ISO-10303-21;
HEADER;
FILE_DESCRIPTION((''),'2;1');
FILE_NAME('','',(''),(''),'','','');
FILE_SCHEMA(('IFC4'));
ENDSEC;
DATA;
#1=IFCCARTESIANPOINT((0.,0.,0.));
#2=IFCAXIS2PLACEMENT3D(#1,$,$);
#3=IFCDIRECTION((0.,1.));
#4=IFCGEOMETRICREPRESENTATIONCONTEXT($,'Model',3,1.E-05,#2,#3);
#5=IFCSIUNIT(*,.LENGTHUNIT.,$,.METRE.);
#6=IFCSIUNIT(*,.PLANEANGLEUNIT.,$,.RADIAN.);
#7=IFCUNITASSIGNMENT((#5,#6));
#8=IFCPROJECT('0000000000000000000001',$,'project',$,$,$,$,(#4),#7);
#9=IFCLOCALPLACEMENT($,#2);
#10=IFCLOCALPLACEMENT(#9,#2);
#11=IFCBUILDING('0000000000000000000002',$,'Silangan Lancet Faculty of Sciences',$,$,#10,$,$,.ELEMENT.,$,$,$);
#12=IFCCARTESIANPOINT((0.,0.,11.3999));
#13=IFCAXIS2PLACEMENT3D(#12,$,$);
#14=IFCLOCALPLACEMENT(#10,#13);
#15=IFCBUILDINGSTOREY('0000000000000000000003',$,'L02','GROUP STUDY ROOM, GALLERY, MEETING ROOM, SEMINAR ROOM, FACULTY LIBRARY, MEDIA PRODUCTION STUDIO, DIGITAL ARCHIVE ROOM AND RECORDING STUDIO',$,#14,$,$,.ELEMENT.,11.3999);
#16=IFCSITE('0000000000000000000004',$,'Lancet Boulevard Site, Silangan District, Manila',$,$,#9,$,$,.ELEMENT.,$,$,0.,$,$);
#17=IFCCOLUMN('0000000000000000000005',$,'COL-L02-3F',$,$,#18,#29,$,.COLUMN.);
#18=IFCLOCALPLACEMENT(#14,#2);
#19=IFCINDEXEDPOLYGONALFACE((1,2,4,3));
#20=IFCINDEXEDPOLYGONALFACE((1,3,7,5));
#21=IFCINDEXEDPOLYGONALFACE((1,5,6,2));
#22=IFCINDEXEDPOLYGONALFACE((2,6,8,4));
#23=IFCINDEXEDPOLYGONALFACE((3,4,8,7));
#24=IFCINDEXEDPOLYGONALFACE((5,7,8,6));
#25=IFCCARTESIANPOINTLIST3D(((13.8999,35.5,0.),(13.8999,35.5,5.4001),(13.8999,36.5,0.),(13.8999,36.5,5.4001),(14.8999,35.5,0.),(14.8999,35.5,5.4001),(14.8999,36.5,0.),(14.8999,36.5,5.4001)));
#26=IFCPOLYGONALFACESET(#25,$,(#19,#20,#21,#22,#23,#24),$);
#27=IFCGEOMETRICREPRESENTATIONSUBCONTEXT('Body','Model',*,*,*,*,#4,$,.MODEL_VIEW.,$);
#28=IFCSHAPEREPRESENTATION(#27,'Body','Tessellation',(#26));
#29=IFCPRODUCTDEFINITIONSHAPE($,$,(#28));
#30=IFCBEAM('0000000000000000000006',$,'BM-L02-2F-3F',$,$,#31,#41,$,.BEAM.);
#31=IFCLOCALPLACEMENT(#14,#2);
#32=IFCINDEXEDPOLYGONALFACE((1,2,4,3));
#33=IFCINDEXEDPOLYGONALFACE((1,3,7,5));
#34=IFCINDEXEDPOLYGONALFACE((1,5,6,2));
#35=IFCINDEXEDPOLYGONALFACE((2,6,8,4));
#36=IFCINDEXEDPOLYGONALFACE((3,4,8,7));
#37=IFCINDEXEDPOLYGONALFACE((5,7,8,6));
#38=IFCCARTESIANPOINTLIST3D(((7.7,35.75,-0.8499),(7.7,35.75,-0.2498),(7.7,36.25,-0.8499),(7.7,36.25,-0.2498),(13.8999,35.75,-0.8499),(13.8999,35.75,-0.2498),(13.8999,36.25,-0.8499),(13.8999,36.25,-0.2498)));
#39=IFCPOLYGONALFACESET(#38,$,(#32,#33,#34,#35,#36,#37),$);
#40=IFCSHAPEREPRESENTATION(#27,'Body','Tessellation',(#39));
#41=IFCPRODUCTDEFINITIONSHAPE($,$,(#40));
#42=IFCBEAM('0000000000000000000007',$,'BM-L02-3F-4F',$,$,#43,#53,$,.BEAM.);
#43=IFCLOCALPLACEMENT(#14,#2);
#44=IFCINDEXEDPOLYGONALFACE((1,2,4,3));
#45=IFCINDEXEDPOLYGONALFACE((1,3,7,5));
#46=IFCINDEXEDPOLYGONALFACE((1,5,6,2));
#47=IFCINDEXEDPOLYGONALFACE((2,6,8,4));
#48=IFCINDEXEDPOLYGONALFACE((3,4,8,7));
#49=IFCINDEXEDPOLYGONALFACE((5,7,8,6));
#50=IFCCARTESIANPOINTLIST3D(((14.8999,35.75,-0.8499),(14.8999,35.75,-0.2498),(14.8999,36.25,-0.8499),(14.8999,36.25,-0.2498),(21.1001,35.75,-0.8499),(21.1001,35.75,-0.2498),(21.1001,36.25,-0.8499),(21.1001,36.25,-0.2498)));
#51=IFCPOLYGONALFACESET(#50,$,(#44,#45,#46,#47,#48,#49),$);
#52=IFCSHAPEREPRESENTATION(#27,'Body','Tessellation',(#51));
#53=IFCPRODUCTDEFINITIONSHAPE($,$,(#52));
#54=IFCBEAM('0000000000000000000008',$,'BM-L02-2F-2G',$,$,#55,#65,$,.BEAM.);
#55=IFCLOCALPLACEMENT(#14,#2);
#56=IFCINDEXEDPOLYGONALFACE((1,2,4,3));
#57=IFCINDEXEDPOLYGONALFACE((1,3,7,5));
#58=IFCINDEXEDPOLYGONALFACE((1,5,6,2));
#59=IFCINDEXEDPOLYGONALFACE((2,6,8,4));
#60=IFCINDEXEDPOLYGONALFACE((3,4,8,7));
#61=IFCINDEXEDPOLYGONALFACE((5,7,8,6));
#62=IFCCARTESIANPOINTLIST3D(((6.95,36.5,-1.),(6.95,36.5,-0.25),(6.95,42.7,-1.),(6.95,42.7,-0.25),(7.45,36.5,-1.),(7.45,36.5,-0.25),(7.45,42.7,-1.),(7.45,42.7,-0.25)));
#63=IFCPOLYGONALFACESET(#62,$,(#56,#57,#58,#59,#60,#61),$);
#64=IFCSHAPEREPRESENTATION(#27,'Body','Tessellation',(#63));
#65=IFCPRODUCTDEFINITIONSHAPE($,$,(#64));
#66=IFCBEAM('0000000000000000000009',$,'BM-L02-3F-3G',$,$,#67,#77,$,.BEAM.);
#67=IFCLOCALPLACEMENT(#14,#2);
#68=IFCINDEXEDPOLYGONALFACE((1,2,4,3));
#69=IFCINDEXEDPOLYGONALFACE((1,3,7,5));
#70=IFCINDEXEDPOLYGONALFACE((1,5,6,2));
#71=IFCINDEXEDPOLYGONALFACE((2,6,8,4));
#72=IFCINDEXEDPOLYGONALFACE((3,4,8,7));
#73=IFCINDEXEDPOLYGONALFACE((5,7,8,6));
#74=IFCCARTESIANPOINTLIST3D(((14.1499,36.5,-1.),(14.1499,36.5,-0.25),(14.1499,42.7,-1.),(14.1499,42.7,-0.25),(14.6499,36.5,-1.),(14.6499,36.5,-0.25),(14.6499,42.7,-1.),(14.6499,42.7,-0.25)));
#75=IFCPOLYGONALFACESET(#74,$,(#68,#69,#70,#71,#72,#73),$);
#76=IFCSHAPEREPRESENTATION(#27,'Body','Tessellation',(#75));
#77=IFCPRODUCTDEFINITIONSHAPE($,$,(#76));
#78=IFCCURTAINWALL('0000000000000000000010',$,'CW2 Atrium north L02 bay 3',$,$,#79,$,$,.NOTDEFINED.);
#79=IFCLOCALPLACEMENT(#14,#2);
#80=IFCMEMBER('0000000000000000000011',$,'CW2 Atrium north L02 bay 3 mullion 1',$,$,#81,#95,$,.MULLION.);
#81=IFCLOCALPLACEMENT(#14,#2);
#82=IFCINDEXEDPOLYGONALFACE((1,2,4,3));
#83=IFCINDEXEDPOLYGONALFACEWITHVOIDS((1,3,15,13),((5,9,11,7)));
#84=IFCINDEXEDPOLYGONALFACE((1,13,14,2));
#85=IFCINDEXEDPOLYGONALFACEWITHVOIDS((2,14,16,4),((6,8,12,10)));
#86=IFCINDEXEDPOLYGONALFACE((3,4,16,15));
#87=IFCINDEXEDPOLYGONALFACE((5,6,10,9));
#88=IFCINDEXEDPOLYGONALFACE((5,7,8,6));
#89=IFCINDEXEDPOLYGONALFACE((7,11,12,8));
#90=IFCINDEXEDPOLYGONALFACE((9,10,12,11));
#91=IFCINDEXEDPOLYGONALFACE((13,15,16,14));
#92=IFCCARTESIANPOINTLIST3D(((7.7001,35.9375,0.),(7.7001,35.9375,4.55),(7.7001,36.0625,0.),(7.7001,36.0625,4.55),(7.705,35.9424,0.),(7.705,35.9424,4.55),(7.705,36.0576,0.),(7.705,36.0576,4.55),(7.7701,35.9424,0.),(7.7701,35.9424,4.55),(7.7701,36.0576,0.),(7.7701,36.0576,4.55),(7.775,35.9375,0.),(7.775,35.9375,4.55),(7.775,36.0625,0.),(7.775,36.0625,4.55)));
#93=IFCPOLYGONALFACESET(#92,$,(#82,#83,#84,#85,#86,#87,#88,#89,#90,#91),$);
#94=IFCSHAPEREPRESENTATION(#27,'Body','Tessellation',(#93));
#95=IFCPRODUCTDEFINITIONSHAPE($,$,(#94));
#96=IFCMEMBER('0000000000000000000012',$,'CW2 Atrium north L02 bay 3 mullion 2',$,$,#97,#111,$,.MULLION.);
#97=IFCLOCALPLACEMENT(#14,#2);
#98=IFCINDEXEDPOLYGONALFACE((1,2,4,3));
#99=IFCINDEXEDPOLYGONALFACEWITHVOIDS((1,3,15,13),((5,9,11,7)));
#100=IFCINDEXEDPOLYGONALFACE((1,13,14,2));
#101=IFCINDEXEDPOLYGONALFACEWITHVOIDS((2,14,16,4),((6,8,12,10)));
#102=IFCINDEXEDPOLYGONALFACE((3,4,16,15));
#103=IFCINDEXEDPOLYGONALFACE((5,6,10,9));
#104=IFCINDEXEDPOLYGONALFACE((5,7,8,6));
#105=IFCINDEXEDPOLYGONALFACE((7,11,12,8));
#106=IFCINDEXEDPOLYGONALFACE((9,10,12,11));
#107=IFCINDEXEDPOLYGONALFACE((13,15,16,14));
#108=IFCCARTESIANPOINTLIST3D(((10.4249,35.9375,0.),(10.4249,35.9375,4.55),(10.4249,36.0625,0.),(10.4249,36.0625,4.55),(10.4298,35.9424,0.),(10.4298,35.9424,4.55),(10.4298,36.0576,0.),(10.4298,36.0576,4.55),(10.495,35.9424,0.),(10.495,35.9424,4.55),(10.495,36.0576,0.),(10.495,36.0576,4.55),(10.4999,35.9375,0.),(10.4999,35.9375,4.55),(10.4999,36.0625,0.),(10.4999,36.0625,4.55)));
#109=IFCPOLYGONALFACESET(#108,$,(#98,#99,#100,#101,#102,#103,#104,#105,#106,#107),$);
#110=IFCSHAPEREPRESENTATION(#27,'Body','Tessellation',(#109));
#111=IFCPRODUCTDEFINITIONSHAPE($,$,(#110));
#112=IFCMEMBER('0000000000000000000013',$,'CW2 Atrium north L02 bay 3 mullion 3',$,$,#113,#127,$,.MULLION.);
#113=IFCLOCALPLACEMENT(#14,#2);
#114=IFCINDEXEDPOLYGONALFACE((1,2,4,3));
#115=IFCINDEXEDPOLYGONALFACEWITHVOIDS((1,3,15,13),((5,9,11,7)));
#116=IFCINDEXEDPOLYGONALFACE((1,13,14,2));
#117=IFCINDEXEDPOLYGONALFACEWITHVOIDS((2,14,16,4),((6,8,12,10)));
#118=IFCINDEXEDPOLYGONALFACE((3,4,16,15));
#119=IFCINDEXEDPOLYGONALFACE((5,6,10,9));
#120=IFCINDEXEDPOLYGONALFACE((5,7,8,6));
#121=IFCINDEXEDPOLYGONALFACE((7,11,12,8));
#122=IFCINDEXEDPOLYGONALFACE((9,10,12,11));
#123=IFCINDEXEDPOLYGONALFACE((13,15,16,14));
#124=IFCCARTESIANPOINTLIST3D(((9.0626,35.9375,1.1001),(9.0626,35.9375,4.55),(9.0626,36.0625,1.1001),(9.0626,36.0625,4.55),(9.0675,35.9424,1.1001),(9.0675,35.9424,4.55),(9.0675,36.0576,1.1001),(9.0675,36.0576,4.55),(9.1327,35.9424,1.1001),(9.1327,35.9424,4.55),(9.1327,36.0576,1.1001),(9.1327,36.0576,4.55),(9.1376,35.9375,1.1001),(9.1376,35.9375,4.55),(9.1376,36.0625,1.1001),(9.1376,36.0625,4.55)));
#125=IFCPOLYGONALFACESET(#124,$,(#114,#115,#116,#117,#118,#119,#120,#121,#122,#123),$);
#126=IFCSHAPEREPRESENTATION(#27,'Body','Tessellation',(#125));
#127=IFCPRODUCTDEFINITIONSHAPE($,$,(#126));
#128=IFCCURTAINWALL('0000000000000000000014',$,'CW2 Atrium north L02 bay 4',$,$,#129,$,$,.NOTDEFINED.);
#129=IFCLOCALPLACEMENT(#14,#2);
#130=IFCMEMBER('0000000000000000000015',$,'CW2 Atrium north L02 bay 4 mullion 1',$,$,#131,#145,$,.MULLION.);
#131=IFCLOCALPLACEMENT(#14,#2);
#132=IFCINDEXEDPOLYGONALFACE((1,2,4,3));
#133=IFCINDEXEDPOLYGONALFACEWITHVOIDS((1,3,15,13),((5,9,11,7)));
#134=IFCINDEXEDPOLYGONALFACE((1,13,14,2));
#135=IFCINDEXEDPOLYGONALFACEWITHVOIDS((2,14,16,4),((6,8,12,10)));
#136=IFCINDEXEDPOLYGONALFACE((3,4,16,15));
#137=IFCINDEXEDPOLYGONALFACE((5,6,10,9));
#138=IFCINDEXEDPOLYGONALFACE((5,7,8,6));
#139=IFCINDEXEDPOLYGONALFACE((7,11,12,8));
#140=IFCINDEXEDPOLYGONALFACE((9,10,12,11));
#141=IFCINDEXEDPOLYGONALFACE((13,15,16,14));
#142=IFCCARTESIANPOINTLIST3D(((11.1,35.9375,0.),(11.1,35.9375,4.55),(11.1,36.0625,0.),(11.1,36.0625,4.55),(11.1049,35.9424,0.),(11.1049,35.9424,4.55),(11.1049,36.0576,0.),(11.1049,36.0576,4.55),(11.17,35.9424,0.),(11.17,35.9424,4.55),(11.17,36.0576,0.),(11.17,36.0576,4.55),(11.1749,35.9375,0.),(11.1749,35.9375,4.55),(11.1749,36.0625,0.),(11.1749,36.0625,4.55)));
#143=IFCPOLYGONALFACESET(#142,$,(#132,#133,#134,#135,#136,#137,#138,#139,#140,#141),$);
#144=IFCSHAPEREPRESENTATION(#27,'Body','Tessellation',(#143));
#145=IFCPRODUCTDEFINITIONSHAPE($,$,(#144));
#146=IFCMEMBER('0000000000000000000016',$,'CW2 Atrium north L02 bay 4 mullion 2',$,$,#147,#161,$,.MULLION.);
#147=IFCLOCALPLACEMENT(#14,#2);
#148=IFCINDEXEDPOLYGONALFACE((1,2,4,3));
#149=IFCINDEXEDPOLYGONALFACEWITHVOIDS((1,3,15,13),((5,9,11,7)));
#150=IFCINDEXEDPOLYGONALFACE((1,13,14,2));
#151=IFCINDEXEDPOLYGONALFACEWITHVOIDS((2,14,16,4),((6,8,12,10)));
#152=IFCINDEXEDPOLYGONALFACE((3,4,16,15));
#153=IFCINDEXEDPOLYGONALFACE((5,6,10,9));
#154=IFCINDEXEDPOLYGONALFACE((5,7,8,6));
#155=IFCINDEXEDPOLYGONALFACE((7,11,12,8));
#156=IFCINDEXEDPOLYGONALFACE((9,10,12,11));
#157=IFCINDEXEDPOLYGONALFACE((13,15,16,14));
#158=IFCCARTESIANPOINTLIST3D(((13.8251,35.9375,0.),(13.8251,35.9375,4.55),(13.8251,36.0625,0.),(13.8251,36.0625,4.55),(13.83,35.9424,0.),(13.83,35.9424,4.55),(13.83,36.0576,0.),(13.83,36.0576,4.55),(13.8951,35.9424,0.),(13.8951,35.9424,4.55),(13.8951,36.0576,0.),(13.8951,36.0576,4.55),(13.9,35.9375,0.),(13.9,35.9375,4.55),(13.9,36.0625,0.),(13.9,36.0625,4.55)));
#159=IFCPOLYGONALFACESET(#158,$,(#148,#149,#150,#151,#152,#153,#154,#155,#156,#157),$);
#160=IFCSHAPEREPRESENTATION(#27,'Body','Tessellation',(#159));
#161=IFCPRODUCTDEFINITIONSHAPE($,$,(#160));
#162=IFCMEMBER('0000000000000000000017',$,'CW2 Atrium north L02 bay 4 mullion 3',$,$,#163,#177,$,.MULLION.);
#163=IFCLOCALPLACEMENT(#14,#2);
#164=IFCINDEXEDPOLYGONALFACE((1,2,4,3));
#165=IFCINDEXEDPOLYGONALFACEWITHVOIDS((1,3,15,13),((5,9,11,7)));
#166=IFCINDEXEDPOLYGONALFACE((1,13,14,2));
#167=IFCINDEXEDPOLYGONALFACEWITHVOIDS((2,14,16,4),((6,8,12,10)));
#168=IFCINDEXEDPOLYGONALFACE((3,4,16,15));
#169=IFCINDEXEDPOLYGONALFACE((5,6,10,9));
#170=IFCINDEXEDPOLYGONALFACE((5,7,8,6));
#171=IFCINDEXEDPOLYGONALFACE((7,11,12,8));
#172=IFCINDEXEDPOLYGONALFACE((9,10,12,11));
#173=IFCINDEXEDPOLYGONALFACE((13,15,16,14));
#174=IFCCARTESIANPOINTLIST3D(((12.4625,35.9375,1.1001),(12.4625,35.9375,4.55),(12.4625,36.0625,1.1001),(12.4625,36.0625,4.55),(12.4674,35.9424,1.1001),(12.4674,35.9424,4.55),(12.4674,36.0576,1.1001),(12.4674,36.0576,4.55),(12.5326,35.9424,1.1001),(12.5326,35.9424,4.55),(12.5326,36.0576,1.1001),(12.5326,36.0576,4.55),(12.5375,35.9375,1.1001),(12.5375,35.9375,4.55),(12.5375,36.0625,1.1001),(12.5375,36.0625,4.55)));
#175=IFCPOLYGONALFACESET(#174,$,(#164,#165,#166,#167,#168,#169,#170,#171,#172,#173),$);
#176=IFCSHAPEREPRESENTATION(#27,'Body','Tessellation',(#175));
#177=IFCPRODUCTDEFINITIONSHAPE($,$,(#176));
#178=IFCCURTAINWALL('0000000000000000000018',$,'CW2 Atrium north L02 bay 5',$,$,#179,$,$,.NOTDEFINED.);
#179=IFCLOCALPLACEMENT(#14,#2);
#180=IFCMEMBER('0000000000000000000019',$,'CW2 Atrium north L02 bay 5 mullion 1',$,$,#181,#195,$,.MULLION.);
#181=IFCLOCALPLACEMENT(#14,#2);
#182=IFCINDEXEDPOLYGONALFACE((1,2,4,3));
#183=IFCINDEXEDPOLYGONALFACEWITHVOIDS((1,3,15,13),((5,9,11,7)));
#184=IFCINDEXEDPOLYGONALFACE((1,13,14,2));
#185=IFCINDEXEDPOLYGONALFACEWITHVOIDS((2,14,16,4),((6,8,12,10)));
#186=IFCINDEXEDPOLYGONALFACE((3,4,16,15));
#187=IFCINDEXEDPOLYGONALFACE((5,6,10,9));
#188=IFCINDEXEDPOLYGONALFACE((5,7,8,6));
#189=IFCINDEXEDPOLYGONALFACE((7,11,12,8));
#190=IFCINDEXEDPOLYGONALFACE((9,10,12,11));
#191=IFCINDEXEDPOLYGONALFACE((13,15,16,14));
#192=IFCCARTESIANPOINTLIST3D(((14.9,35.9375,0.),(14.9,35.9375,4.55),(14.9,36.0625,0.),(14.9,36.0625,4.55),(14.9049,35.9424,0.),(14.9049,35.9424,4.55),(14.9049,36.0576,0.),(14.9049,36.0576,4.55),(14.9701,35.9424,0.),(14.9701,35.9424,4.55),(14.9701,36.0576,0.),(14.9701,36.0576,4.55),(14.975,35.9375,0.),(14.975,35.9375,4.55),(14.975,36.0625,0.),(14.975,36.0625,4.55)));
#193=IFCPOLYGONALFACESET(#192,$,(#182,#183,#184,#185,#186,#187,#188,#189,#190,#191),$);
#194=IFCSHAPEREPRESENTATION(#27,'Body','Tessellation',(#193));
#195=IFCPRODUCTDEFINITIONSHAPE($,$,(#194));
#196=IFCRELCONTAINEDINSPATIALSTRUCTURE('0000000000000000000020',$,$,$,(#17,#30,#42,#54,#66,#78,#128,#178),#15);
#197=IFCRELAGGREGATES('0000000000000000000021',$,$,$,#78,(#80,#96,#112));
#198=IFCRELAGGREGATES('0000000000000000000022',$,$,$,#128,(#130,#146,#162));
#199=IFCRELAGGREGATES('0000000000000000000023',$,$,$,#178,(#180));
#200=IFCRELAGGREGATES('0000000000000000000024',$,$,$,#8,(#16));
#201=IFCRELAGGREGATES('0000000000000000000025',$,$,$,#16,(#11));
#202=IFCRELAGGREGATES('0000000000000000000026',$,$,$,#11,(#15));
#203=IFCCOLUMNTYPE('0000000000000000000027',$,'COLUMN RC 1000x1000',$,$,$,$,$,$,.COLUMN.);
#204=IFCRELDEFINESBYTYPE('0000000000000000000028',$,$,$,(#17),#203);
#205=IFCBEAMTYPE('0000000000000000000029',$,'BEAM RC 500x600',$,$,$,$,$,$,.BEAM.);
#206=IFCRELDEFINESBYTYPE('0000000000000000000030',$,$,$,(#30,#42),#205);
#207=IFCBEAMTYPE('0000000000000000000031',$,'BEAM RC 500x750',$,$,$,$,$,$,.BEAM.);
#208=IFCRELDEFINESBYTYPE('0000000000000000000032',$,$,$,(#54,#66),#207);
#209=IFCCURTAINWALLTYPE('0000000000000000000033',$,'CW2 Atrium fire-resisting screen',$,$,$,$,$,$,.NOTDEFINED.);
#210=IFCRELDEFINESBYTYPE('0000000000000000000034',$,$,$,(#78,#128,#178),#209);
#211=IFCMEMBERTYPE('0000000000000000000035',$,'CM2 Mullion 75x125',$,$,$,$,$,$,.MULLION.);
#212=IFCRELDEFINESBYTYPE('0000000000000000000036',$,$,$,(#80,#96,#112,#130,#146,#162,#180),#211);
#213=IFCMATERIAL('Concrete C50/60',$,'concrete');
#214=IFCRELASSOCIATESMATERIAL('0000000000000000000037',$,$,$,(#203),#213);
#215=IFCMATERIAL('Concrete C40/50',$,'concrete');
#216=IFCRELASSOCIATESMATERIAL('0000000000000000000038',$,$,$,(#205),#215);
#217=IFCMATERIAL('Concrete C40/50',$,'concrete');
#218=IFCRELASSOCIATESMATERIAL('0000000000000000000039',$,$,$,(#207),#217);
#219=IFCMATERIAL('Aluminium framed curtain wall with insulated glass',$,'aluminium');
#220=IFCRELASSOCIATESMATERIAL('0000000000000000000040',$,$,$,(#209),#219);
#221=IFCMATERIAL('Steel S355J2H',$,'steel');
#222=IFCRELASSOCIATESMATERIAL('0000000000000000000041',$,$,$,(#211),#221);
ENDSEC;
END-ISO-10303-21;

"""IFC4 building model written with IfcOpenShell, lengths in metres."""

from ifc_helpers import new_model, si_unit, direction, frame, origin, origin_2d, place, context, subcontext, project, spatial, rectangle, hollow_rectangle, extrude, material, material_profile, profile_set, type_object, element, aggregate, save


model = new_model("IFC4")

# Units and contexts
model_context = context("Model", 3, precision=1e-05, world=origin(), true_north=direction((0.0, 1.0)))
body_context = subcontext(model_context, "Body", "Model", "MODEL_VIEW")
ifc_project = project(units=[si_unit("LENGTHUNIT", "METRE"), si_unit("PLANEANGLEUNIT", "RADIAN")], contexts=[model_context])

# Site, building, storey
site_placement = place(None, origin())
site = spatial("IfcSite", under=ifc_project, at=site_placement, Name="Lancet Boulevard Site, Silangan District, Manila", CompositionType="ELEMENT", RefElevation=0.0)
building_placement = place(site_placement, origin())
building = spatial("IfcBuilding", under=site, at=building_placement, Name="Silangan Lancet Faculty of Sciences", CompositionType="ELEMENT")
storey_placement = place(building_placement, frame((0.0, 0.0, 11.3999)))
storey = spatial("IfcBuildingStorey", under=building, at=storey_placement, Name="L02", Description="GROUP STUDY ROOM, GALLERY, MEETING ROOM, SEMINAR ROOM, FACULTY LIBRARY, MEDIA PRODUCTION STUDIO, DIGITAL ARCHIVE ROOM AND RECORDING STUDIO", CompositionType="ELEMENT", Elevation=11.3999)

# Column
ifc_material_1 = material(Name="Concrete C50/60", Category="concrete")
ifc_material_profile_1 = material_profile(ifc_material_1, rectangle(XDim=1.0, YDim=1.0, at=origin_2d()), Name="RC 1000x1000")
ifc_profile_set_1 = profile_set([ifc_material_profile_1], Name="Concrete C50/60")
column_type = type_object("IfcColumnType", Name="COLUMN RC 1000x1000", PredefinedType="COLUMN", material=ifc_profile_set_1)
column_placement = place(storey_placement, frame((14.3999, 36.0, 0.0), z_axis=(0.0, 0.0, 1.0), x_axis=(1.0, 0.0, 0.0)))
element("IfcColumn", 1, at=column_placement, inside=storey, type_object=column_type, Name="COL-L02-3F", PredefinedType="COLUMN", context=body_context, shape_type="SweptSolid", body=[
    extrude(rectangle(XDim=1.0, YDim=1.0, at=origin_2d()), origin(), (0.0, 0.0, 1.0), 5.4001),
])

# Beams
ifc_material_2 = material(Name="Concrete C40/50", Category="concrete")
ifc_material_profile_2 = material_profile(ifc_material_2, rectangle(XDim=0.5, YDim=0.6001, at=origin_2d()), Name="RC 500x600")
ifc_profile_set_2 = profile_set([ifc_material_profile_2], Name="Concrete C40/50")
beam_type_1 = type_object("IfcBeamType", Name="BEAM RC 500x600", PredefinedType="BEAM", material=ifc_profile_set_2)
beam_1_placement = place(storey_placement, frame((7.7, 36.0, -0.5498), z_axis=(1.0, 0.0, 0.0), x_axis=(0.0, 1.0, 0.0)))
element("IfcBeam", 2, at=beam_1_placement, inside=storey, type_object=beam_type_1, Name="BM-L02-2F-3F", PredefinedType="BEAM", context=body_context, shape_type="SweptSolid", body=[
    extrude(rectangle(XDim=0.5, YDim=0.6001, at=origin_2d()), origin(), (0.0, 0.0, 1.0), 6.2),
])
beam_2_placement = place(storey_placement, frame((14.8999, 36.0, -0.5498), z_axis=(1.0, 0.0, 0.0), x_axis=(0.0, 1.0, 0.0)))
element("IfcBeam", 3, at=beam_2_placement, inside=storey, type_object=beam_type_1, Name="BM-L02-3F-4F", PredefinedType="BEAM", context=body_context, shape_type="SweptSolid", body=[
    extrude(rectangle(XDim=0.5, YDim=0.6001, at=origin_2d()), origin(), (0.0, 0.0, 1.0), 6.2002),
])
ifc_material_3 = material(Name="Concrete C40/50", Category="concrete")
ifc_material_profile_3 = material_profile(ifc_material_3, rectangle(XDim=0.5, YDim=0.75, at=origin_2d()), Name="RC 500x750")
ifc_profile_set_3 = profile_set([ifc_material_profile_3], Name="Concrete C40/50")
beam_type_2 = type_object("IfcBeamType", Name="BEAM RC 500x750", PredefinedType="BEAM", material=ifc_profile_set_3)
for number, where, z_axis, x_axis, name in (
    (4, (7.2, 36.5, -0.625), (0.0, 1.0, 0.0), (-1.0, 0.0, 0.0), "BM-L02-2F-2G"),
    (5, (14.3999, 36.5, -0.625), (0.0, 1.0, 0.0), (-1.0, 0.0, 0.0), "BM-L02-3F-3G"),
):
    element("IfcBeam", number, at=place(storey_placement, frame(where, z_axis=z_axis, x_axis=x_axis)), inside=storey, type_object=beam_type_2, Name=name, PredefinedType="BEAM", context=body_context, shape_type="SweptSolid", body=[
        extrude(rectangle(XDim=0.5, YDim=0.75, at=origin_2d()), origin(), (0.0, 0.0, 1.0), 6.2),
    ])

# Curtain walls, members
ifc_material_4 = material(Name="Aluminium framed curtain wall with insulated glass", Category="aluminium")
curtain_wall_type = type_object("IfcCurtainWallType", Name="CW2 Atrium fire-resisting screen", PredefinedType="NOTDEFINED", material=ifc_material_4)
curtain_wall_1_placement = place(storey_placement, origin())
curtain_wall_1 = element("IfcCurtainWall", 6, at=curtain_wall_1_placement, inside=storey, type_object=curtain_wall_type, Name="CW2 Atrium north L02 bay 3", PredefinedType="NOTDEFINED")
ifc_material_5 = material(Name="Steel S355J2H", Category="steel")
ifc_material_profile_4 = material_profile(ifc_material_5, hollow_rectangle(XDim=0.075, YDim=0.125, WallThickness=0.0049, at=origin_2d()), Name="ST BOX 75x125x5")
ifc_profile_set_4 = profile_set([ifc_material_profile_4], Name="Steel S355J2H")
member_type_1 = type_object("IfcMemberType", Name="CM2 Mullion 75x125", PredefinedType="MULLION", material=ifc_profile_set_4)
member_1_placement = place(storey_placement, frame((7.7375, 36.0, 0.0), z_axis=(0.0, 0.0, 1.0), x_axis=(1.0, 0.0, 0.0)))
member_1 = element("IfcMember", 7, at=member_1_placement, type_object=member_type_1, Name="CW2 Atrium north L02 bay 3 mullion 1", PredefinedType="MULLION", context=body_context, shape_type="SweptSolid", body=[
    extrude(hollow_rectangle(XDim=0.075, YDim=0.125, WallThickness=0.0049, at=origin_2d()), origin(), (0.0, 0.0, 1.0), 4.55),
])
member_2_placement = place(storey_placement, frame((10.4624, 36.0, 0.0), z_axis=(0.0, 0.0, 1.0), x_axis=(1.0, 0.0, 0.0)))
member_2 = element("IfcMember", 8, at=member_2_placement, type_object=member_type_1, Name="CW2 Atrium north L02 bay 3 mullion 2", PredefinedType="MULLION", context=body_context, shape_type="SweptSolid", body=[
    extrude(hollow_rectangle(XDim=0.075, YDim=0.125, WallThickness=0.0049, at=origin_2d()), origin(), (0.0, 0.0, 1.0), 4.55),
])
member_3_placement = place(storey_placement, frame((9.1001, 36.0, 1.1001), z_axis=(0.0, 0.0, 1.0), x_axis=(1.0, 0.0, 0.0)))
member_3 = element("IfcMember", 9, at=member_3_placement, type_object=member_type_1, Name="CW2 Atrium north L02 bay 3 mullion 3", PredefinedType="MULLION", context=body_context, shape_type="SweptSolid", body=[
    extrude(hollow_rectangle(XDim=0.075, YDim=0.125, WallThickness=0.0049, at=origin_2d()), origin(), (0.0, 0.0, 1.0), 3.45),
])
curtain_wall_2_placement = place(storey_placement, origin())
curtain_wall_2 = element("IfcCurtainWall", 10, at=curtain_wall_2_placement, inside=storey, type_object=curtain_wall_type, Name="CW2 Atrium north L02 bay 4", PredefinedType="NOTDEFINED")
member_4_placement = place(storey_placement, frame((11.1375, 36.0, 0.0), z_axis=(0.0, 0.0, 1.0), x_axis=(1.0, 0.0, 0.0)))
member_4 = element("IfcMember", 11, at=member_4_placement, type_object=member_type_1, Name="CW2 Atrium north L02 bay 4 mullion 1", PredefinedType="MULLION", context=body_context, shape_type="SweptSolid", body=[
    extrude(hollow_rectangle(XDim=0.075, YDim=0.125, WallThickness=0.0049, at=origin_2d()), origin(), (0.0, 0.0, 1.0), 4.55),
])
member_5_placement = place(storey_placement, frame((13.8625, 36.0, 0.0), z_axis=(0.0, 0.0, 1.0), x_axis=(1.0, 0.0, 0.0)))
member_5 = element("IfcMember", 12, at=member_5_placement, type_object=member_type_1, Name="CW2 Atrium north L02 bay 4 mullion 2", PredefinedType="MULLION", context=body_context, shape_type="SweptSolid", body=[
    extrude(hollow_rectangle(XDim=0.075, YDim=0.125, WallThickness=0.0049, at=origin_2d()), origin(), (0.0, 0.0, 1.0), 4.55),
])
member_6_placement = place(storey_placement, frame((12.5, 36.0, 1.1001), z_axis=(0.0, 0.0, 1.0), x_axis=(1.0, 0.0, 0.0)))
member_6 = element("IfcMember", 13, at=member_6_placement, type_object=member_type_1, Name="CW2 Atrium north L02 bay 4 mullion 3", PredefinedType="MULLION", context=body_context, shape_type="SweptSolid", body=[
    extrude(hollow_rectangle(XDim=0.075, YDim=0.125, WallThickness=0.0049, at=origin_2d()), origin(), (0.0, 0.0, 1.0), 3.45),
])
curtain_wall_3_placement = place(storey_placement, origin())
curtain_wall_3 = element("IfcCurtainWall", 14, at=curtain_wall_3_placement, inside=storey, type_object=curtain_wall_type, Name="CW2 Atrium north L02 bay 5", PredefinedType="NOTDEFINED")
member_7_placement = place(storey_placement, frame((14.9375, 36.0, 0.0), z_axis=(0.0, 0.0, 1.0), x_axis=(1.0, 0.0, 0.0)))
member_7 = element("IfcMember", 15, at=member_7_placement, type_object=member_type_1, Name="CW2 Atrium north L02 bay 5 mullion 1", PredefinedType="MULLION", context=body_context, shape_type="SweptSolid", body=[
    extrude(hollow_rectangle(XDim=0.075, YDim=0.125, WallThickness=0.0049, at=origin_2d()), origin(), (0.0, 0.0, 1.0), 4.55),
])

aggregate(curtain_wall_1, [member_1, member_2, member_3])
aggregate(curtain_wall_2, [member_4, member_5, member_6])
aggregate(curtain_wall_3, [member_7])

save(model, "model.ifc")
